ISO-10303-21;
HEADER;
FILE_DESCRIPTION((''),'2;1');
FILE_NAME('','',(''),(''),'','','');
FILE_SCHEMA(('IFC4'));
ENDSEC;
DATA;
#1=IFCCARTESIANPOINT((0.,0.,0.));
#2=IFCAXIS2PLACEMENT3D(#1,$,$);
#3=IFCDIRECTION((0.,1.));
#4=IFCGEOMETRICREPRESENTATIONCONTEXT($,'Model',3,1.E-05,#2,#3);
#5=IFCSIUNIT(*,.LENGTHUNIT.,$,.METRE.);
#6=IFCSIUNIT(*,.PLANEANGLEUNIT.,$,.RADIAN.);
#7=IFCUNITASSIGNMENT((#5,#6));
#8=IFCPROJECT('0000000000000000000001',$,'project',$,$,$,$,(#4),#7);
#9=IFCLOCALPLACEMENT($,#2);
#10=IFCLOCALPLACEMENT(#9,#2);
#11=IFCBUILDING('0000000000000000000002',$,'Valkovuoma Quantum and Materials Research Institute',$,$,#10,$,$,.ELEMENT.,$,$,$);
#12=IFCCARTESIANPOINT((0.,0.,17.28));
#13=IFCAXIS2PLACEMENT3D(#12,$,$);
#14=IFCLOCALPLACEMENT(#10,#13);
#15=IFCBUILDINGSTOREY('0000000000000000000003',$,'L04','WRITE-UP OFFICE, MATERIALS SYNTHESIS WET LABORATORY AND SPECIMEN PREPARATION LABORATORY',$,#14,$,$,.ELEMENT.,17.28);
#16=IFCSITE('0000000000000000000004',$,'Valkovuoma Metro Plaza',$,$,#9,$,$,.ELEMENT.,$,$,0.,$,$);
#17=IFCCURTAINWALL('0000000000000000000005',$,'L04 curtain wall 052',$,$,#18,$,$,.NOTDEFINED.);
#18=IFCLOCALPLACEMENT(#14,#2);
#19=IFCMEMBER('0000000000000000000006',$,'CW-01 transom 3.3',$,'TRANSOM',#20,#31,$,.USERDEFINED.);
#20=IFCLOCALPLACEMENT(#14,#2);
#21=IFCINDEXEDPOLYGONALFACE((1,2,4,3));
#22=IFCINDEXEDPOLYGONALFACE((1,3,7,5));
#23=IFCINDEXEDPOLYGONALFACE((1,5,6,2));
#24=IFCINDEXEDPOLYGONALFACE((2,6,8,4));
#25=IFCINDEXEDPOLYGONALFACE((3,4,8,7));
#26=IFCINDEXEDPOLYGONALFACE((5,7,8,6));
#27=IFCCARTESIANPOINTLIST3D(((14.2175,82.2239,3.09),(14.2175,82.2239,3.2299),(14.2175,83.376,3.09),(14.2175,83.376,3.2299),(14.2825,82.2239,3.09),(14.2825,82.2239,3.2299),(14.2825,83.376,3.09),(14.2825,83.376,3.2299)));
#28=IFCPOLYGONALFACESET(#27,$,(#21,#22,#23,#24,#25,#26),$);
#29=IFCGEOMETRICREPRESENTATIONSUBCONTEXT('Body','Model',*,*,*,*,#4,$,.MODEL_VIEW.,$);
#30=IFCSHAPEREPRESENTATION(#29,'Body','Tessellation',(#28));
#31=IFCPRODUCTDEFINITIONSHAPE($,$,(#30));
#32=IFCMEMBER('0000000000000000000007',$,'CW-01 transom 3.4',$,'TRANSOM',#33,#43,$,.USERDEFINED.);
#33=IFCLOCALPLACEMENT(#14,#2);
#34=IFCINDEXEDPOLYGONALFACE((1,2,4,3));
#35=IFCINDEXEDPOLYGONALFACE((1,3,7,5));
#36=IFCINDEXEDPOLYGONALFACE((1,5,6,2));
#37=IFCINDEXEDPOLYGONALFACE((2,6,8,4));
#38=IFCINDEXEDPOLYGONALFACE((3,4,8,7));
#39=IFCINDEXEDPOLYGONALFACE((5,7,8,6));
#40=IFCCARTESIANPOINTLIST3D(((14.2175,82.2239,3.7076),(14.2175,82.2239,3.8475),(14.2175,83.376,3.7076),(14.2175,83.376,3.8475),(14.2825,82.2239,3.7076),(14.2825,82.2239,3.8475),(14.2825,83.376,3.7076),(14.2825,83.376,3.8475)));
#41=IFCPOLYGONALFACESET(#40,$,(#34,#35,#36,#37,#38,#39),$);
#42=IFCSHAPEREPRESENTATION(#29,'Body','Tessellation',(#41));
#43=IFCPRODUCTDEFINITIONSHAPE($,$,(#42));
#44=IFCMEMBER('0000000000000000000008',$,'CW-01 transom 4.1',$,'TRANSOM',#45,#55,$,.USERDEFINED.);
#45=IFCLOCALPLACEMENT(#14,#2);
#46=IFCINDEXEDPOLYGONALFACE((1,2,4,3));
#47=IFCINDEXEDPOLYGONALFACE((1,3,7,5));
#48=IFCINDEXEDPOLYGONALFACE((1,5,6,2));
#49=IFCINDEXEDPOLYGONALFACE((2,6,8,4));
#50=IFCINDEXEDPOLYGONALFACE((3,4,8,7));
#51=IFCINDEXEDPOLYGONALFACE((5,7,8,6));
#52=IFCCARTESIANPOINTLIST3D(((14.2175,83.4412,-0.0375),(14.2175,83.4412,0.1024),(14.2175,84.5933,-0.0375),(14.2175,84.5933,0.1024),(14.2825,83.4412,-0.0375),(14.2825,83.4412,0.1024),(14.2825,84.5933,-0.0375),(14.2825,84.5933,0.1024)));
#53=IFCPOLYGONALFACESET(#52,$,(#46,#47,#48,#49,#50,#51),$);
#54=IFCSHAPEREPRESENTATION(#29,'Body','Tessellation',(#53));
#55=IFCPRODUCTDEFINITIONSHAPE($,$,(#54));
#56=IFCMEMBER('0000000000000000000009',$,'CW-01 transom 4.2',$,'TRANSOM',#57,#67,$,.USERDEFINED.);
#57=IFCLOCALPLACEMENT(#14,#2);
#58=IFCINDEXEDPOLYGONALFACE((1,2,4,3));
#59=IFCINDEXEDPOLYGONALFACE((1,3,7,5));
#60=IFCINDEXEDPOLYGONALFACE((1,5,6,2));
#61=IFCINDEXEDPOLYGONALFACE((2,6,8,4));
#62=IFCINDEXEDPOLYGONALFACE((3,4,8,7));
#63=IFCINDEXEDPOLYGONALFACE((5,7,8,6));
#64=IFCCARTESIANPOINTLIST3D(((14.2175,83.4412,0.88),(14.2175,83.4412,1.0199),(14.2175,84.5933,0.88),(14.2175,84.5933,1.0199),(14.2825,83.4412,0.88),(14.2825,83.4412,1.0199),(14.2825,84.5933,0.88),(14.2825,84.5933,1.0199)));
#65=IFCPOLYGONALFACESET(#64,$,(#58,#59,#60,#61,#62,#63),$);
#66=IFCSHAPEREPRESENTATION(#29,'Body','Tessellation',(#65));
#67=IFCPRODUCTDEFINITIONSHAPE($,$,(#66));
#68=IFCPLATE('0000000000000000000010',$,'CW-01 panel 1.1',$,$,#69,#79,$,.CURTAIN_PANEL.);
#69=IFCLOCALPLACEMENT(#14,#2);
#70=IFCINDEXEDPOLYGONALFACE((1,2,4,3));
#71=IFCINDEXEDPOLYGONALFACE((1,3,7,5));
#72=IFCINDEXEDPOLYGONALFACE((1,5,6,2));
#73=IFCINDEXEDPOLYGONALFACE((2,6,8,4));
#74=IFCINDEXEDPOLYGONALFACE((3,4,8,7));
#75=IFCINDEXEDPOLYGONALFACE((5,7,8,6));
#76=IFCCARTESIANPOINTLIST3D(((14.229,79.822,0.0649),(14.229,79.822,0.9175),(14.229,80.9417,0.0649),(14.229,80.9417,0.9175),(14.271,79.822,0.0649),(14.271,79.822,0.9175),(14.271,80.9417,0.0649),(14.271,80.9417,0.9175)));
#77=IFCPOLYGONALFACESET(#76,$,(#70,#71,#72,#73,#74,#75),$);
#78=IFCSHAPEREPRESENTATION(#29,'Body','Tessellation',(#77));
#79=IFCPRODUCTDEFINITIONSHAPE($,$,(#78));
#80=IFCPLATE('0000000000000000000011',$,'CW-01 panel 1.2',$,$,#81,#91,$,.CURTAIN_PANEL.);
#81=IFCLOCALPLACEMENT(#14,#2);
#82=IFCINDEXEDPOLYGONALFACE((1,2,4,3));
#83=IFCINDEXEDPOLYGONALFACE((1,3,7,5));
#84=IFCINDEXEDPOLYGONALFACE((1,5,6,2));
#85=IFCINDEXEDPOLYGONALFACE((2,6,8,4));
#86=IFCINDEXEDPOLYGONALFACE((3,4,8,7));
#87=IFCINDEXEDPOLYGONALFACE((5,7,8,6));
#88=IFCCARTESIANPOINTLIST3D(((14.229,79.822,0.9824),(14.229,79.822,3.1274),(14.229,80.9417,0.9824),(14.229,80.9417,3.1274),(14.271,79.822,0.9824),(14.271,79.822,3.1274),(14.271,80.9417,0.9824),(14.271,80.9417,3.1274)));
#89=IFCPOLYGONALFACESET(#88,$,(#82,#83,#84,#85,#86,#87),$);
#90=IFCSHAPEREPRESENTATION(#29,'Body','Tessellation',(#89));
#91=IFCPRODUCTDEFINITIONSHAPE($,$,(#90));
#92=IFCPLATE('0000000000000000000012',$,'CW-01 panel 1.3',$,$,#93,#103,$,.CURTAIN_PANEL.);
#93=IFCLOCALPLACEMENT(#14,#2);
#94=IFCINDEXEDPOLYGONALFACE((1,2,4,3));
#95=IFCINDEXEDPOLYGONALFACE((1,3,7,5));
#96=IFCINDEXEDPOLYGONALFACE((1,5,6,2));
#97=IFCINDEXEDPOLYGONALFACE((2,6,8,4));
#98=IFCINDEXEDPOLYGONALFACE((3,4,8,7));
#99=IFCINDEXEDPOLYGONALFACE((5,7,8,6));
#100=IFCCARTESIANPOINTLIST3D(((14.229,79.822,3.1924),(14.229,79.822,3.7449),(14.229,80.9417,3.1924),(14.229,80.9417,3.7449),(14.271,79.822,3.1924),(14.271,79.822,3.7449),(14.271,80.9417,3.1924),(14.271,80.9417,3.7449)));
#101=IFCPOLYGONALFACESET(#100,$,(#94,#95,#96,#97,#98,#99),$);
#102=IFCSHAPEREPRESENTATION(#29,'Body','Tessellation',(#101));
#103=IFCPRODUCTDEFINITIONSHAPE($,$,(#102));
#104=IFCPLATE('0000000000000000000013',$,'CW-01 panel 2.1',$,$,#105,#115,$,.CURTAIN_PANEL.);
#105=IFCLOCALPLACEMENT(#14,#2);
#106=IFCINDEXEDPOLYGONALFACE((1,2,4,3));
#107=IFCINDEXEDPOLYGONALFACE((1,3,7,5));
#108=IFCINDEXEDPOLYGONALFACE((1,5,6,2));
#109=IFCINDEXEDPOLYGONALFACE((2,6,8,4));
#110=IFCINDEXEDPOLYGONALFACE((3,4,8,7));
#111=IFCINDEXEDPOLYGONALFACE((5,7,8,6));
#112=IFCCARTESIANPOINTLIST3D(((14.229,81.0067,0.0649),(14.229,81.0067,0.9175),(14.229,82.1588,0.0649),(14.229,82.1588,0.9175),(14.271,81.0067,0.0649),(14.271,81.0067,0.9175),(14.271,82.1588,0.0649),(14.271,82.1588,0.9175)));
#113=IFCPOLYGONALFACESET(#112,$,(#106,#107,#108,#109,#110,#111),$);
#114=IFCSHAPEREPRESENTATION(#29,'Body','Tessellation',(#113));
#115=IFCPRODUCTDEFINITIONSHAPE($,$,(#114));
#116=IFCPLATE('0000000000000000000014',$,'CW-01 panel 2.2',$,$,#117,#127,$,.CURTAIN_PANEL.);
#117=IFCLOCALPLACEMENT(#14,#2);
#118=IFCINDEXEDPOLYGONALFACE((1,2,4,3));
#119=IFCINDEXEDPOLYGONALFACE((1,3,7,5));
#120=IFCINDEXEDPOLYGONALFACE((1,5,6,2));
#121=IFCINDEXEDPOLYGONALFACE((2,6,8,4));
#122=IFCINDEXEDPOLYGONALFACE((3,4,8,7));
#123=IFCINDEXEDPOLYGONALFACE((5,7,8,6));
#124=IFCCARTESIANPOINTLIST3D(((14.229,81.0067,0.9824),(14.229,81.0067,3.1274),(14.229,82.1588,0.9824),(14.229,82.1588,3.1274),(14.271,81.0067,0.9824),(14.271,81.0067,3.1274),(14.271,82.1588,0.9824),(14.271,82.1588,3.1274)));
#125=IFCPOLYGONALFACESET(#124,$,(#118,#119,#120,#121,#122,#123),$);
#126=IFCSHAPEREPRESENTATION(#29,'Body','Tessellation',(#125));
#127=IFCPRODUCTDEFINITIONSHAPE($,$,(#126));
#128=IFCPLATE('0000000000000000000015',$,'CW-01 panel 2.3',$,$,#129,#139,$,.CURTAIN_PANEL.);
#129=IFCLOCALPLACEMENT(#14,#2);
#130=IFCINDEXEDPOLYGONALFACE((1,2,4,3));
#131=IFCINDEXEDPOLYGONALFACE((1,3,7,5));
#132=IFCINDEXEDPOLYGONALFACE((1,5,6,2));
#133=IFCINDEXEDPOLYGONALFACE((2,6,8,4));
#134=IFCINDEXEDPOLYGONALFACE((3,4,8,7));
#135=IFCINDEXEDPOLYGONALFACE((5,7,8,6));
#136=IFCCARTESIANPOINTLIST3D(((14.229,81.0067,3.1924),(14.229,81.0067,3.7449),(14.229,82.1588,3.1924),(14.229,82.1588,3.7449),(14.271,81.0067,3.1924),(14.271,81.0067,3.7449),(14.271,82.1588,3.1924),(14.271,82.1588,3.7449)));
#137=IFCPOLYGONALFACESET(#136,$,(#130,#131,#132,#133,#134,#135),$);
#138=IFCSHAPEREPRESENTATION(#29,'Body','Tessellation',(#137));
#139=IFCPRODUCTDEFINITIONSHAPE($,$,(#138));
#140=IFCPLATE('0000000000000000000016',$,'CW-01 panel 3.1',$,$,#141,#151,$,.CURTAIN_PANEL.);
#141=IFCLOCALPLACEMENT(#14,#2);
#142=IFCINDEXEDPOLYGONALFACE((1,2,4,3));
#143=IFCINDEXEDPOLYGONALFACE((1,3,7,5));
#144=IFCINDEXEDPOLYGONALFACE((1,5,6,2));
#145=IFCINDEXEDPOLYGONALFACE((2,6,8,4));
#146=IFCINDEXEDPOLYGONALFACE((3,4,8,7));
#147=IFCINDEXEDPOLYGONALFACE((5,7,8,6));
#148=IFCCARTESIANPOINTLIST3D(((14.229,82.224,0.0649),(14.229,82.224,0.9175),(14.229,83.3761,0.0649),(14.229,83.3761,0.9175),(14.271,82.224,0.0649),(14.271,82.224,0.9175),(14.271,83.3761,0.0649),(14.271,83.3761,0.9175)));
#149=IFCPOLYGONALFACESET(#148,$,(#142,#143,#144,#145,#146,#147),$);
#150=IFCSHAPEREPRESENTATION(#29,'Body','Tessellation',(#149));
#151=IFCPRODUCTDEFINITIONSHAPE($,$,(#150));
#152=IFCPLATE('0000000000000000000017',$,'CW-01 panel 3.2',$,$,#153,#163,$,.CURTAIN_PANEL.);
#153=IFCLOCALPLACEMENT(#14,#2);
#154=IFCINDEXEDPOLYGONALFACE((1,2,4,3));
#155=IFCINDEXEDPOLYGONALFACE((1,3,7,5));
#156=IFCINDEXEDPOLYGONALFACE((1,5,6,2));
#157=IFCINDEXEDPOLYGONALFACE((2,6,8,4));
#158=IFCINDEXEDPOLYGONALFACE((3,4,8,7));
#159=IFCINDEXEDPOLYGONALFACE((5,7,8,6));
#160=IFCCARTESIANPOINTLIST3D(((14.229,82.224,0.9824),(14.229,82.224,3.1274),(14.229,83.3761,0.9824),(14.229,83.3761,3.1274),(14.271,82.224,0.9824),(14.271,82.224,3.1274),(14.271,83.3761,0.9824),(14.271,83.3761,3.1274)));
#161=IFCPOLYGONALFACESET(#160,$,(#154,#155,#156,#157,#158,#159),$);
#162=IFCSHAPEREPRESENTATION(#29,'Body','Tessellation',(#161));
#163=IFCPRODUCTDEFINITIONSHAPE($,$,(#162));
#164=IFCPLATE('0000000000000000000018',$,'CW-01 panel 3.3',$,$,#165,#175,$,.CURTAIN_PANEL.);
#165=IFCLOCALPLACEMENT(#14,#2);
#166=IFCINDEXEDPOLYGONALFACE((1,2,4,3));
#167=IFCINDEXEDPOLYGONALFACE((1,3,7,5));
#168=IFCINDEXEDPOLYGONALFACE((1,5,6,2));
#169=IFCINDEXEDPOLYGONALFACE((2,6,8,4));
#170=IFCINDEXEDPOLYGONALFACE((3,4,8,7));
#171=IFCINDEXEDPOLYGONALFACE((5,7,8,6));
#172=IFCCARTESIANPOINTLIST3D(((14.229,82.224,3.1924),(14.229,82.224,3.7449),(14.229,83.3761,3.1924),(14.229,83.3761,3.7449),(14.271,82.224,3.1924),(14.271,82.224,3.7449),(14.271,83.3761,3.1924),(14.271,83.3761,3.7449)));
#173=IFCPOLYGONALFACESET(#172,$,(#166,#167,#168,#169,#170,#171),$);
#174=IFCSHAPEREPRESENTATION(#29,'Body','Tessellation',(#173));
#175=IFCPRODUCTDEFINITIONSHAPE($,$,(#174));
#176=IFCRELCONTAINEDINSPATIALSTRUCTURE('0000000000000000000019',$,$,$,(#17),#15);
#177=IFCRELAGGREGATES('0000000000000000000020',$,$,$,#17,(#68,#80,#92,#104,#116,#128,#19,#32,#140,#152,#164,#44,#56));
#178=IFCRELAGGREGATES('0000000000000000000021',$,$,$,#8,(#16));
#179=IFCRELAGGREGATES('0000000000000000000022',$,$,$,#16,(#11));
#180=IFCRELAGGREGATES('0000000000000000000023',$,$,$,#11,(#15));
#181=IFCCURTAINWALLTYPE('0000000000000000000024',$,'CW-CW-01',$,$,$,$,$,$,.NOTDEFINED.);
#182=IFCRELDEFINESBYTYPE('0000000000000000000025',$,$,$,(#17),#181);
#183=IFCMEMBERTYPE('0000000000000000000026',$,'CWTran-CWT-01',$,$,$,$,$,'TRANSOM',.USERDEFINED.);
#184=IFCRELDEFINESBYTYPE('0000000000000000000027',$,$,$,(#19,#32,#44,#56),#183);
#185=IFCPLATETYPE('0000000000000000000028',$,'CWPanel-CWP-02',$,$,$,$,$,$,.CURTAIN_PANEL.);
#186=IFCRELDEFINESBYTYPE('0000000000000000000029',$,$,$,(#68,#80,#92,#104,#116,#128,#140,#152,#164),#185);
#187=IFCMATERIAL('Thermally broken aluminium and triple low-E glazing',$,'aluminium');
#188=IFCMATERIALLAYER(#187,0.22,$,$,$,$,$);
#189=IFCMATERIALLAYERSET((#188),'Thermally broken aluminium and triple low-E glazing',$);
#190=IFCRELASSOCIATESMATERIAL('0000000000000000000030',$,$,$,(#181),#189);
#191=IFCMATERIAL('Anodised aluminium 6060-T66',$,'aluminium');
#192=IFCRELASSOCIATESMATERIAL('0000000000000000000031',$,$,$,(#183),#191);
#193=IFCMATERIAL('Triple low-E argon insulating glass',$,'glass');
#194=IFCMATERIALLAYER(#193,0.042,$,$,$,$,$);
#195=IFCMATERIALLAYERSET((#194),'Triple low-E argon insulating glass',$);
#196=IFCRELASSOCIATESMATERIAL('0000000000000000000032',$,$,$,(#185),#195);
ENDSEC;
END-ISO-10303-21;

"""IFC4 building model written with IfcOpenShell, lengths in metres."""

from ifc_helpers import new_model, si_unit, direction, frame, origin, origin_2d, place, context, subcontext, project, spatial, rectangle, extrude, material, layer, layer_set, material_profile, profile_set, type_object, element, aggregate, save


model = new_model("IFC4")

# Units and contexts
model_context = context("Model", 3, precision=1e-05, world=origin(), true_north=direction((0.0, 1.0)))
body_context = subcontext(model_context, "Body", "Model", "MODEL_VIEW")
ifc_project = project(units=[si_unit("LENGTHUNIT", "METRE"), si_unit("PLANEANGLEUNIT", "RADIAN")], contexts=[model_context])

# Site, building, storey
site_placement = place(None, origin())
site = spatial("IfcSite", under=ifc_project, at=site_placement, Name="Valkovuoma Metro Plaza", CompositionType="ELEMENT", RefElevation=0.0)
building_placement = place(site_placement, origin())
building = spatial("IfcBuilding", under=site, at=building_placement, Name="Valkovuoma Quantum and Materials Research Institute", CompositionType="ELEMENT")
storey_placement = place(building_placement, frame((0.0, 0.0, 17.28)))
storey = spatial("IfcBuildingStorey", under=building, at=storey_placement, Name="L04", Description="WRITE-UP OFFICE, MATERIALS SYNTHESIS WET LABORATORY AND SPECIMEN PREPARATION LABORATORY", CompositionType="ELEMENT", Elevation=17.28)

# Shared definitions
ifc_material_1 = material(Name="Thermally broken aluminium and triple low-E glazing", Category="aluminium")
ifc_layer_1 = layer(ifc_material_1, 0.22)
ifc_layer_set_1 = layer_set([ifc_layer_1], Name="Thermally broken aluminium and triple low-E glazing")
curtain_wall_type = type_object("IfcCurtainWallType", Name="CW-CW-01", PredefinedType="NOTDEFINED", material=ifc_layer_set_1)

# Curtain wall, members, plates
curtain_wall_1_placement = place(storey_placement, origin())
curtain_wall_1 = element("IfcCurtainWall", 1, at=curtain_wall_1_placement, inside=storey, type_object=curtain_wall_type, Name="L04 curtain wall 052", PredefinedType="NOTDEFINED")
ifc_material_2 = material(Name="Anodised aluminium 6060-T66", Category="aluminium")
ifc_material_profile_1 = material_profile(ifc_material_2, rectangle(XDim=0.0649, YDim=0.1399, at=origin_2d()), Name="Anodised aluminium 6060-T66")
ifc_profile_set_1 = profile_set([ifc_material_profile_1], Name="Anodised aluminium 6060-T66")
member_type_1 = type_object("IfcMemberType", Name="CWTran-CWT-01", ElementType="TRANSOM", PredefinedType="USERDEFINED", material=ifc_profile_set_1)
member_1_placement = place(storey_placement, frame((14.25, 82.2239, 3.1599), z_axis=(0.0, 1.0, 0.0), x_axis=(-1.0, 0.0, 0.0)))
member_1 = element("IfcMember", 2, at=member_1_placement, type_object=member_type_1, Name="CW-01 transom 3.3", ObjectType="TRANSOM", PredefinedType="USERDEFINED", context=body_context, shape_type="SweptSolid", body=[
    extrude(rectangle(XDim=0.0649, YDim=0.1399, at=origin_2d()), origin(), (0.0, 0.0, 1.0), 1.1521),
])
member_2_placement = place(storey_placement, frame((14.25, 82.2239, 3.7776), z_axis=(0.0, 1.0, 0.0), x_axis=(-1.0, 0.0, 0.0)))
member_2 = element("IfcMember", 3, at=member_2_placement, type_object=member_type_1, Name="CW-01 transom 3.4", ObjectType="TRANSOM", PredefinedType="USERDEFINED", context=body_context, shape_type="SweptSolid", body=[
    extrude(rectangle(XDim=0.0649, YDim=0.1399, at=origin_2d()), origin(), (0.0, 0.0, 1.0), 1.1521),
])
member_3_placement = place(storey_placement, frame((14.25, 83.4412, 0.0325), z_axis=(0.0, 1.0, 0.0), x_axis=(-1.0, 0.0, 0.0)))
member_3 = element("IfcMember", 4, at=member_3_placement, type_object=member_type_1, Name="CW-01 transom 4.1", ObjectType="TRANSOM", PredefinedType="USERDEFINED", context=body_context, shape_type="SweptSolid", body=[
    extrude(rectangle(XDim=0.0649, YDim=0.1399, at=origin_2d()), origin(), (0.0, 0.0, 1.0), 1.1521),
])
member_4_placement = place(storey_placement, frame((14.25, 83.4412, 0.95), z_axis=(0.0, 1.0, 0.0), x_axis=(-1.0, 0.0, 0.0)))
member_4 = element("IfcMember", 5, at=member_4_placement, type_object=member_type_1, Name="CW-01 transom 4.2", ObjectType="TRANSOM", PredefinedType="USERDEFINED", context=body_context, shape_type="SweptSolid", body=[
    extrude(rectangle(XDim=0.0649, YDim=0.1399, at=origin_2d()), origin(), (0.0, 0.0, 1.0), 1.1521),
])
ifc_material_3 = material(Name="Triple low-E argon insulating glass", Category="glass")
ifc_layer_2 = layer(ifc_material_3, 0.042)
ifc_layer_set_2 = layer_set([ifc_layer_2], Name="Triple low-E argon insulating glass")
plate_type = type_object("IfcPlateType", Name="CWPanel-CWP-02", PredefinedType="CURTAIN_PANEL", material=ifc_layer_set_2)
plate_1_placement = place(storey_placement, frame((14.25, 80.3818, 0.0649), z_axis=(0.0, 0.0, 1.0), x_axis=(0.0, 1.0, 0.0)))
plate_1 = element("IfcPlate", 6, at=plate_1_placement, type_object=plate_type, Name="CW-01 panel 1.1", PredefinedType="CURTAIN_PANEL", context=body_context, shape_type="SweptSolid", body=[
    extrude(rectangle(XDim=1.1196, YDim=0.042, at=origin_2d()), origin(), (0.0, 0.0, 1.0), 0.8525),
])
plate_2_placement = place(storey_placement, frame((14.25, 80.3818, 0.9824), z_axis=(0.0, 0.0, 1.0), x_axis=(0.0, 1.0, 0.0)))
plate_2 = element("IfcPlate", 7, at=plate_2_placement, type_object=plate_type, Name="CW-01 panel 1.2", PredefinedType="CURTAIN_PANEL", context=body_context, shape_type="SweptSolid", body=[
    extrude(rectangle(XDim=1.1196, YDim=0.042, at=origin_2d()), origin(), (0.0, 0.0, 1.0), 2.145),
])
plate_3_placement = place(storey_placement, frame((14.25, 80.3818, 3.1924), z_axis=(0.0, 0.0, 1.0), x_axis=(0.0, 1.0, 0.0)))
plate_3 = element("IfcPlate", 8, at=plate_3_placement, type_object=plate_type, Name="CW-01 panel 1.3", PredefinedType="CURTAIN_PANEL", context=body_context, shape_type="SweptSolid", body=[
    extrude(rectangle(XDim=1.1196, YDim=0.042, at=origin_2d()), origin(), (0.0, 0.0, 1.0), 0.5525),
])
plate_4_placement = place(storey_placement, frame((14.25, 81.5828, 0.0649), z_axis=(0.0, 0.0, 1.0), x_axis=(0.0, 1.0, 0.0)))
plate_4 = element("IfcPlate", 9, at=plate_4_placement, type_object=plate_type, Name="CW-01 panel 2.1", PredefinedType="CURTAIN_PANEL", context=body_context, shape_type="SweptSolid", body=[
    extrude(rectangle(XDim=1.1521, YDim=0.042, at=origin_2d()), origin(), (0.0, 0.0, 1.0), 0.8525),
])
plate_5_placement = place(storey_placement, frame((14.25, 81.5828, 0.9824), z_axis=(0.0, 0.0, 1.0), x_axis=(0.0, 1.0, 0.0)))
plate_5 = element("IfcPlate", 10, at=plate_5_placement, type_object=plate_type, Name="CW-01 panel 2.2", PredefinedType="CURTAIN_PANEL", context=body_context, shape_type="SweptSolid", body=[
    extrude(rectangle(XDim=1.1521, YDim=0.042, at=origin_2d()), origin(), (0.0, 0.0, 1.0), 2.145),
])
plate_6_placement = place(storey_placement, frame((14.25, 81.5828, 3.1924), z_axis=(0.0, 0.0, 1.0), x_axis=(0.0, 1.0, 0.0)))
plate_6 = element("IfcPlate", 11, at=plate_6_placement, type_object=plate_type, Name="CW-01 panel 2.3", PredefinedType="CURTAIN_PANEL", context=body_context, shape_type="SweptSolid", body=[
    extrude(rectangle(XDim=1.1521, YDim=0.042, at=origin_2d()), origin(), (0.0, 0.0, 1.0), 0.5525),
])
plate_7_placement = place(storey_placement, frame((14.25, 82.8, 0.0649), z_axis=(0.0, 0.0, 1.0), x_axis=(0.0, 1.0, 0.0)))
plate_7 = element("IfcPlate", 12, at=plate_7_placement, type_object=plate_type, Name="CW-01 panel 3.1", PredefinedType="CURTAIN_PANEL", context=body_context, shape_type="SweptSolid", body=[
    extrude(rectangle(XDim=1.1521, YDim=0.042, at=origin_2d()), origin(), (0.0, 0.0, 1.0), 0.8525),
])
plate_8_placement = place(storey_placement, frame((14.25, 82.8, 0.9824), z_axis=(0.0, 0.0, 1.0), x_axis=(0.0, 1.0, 0.0)))
plate_8 = element("IfcPlate", 13, at=plate_8_placement, type_object=plate_type, Name="CW-01 panel 3.2", PredefinedType="CURTAIN_PANEL", context=body_context, shape_type="SweptSolid", body=[
    extrude(rectangle(XDim=1.1521, YDim=0.042, at=origin_2d()), origin(), (0.0, 0.0, 1.0), 2.145),
])
plate_9_placement = place(storey_placement, frame((14.25, 82.8, 3.1924), z_axis=(0.0, 0.0, 1.0), x_axis=(0.0, 1.0, 0.0)))
plate_9 = element("IfcPlate", 14, at=plate_9_placement, type_object=plate_type, Name="CW-01 panel 3.3", PredefinedType="CURTAIN_PANEL", context=body_context, shape_type="SweptSolid", body=[
    extrude(rectangle(XDim=1.1521, YDim=0.042, at=origin_2d()), origin(), (0.0, 0.0, 1.0), 0.5525),
])
aggregate(curtain_wall_1, [plate_1, plate_2, plate_3, plate_4, plate_5, plate_6, member_1, member_2, plate_7, plate_8, plate_9, member_3, member_4])

save(model, "model.ifc")
